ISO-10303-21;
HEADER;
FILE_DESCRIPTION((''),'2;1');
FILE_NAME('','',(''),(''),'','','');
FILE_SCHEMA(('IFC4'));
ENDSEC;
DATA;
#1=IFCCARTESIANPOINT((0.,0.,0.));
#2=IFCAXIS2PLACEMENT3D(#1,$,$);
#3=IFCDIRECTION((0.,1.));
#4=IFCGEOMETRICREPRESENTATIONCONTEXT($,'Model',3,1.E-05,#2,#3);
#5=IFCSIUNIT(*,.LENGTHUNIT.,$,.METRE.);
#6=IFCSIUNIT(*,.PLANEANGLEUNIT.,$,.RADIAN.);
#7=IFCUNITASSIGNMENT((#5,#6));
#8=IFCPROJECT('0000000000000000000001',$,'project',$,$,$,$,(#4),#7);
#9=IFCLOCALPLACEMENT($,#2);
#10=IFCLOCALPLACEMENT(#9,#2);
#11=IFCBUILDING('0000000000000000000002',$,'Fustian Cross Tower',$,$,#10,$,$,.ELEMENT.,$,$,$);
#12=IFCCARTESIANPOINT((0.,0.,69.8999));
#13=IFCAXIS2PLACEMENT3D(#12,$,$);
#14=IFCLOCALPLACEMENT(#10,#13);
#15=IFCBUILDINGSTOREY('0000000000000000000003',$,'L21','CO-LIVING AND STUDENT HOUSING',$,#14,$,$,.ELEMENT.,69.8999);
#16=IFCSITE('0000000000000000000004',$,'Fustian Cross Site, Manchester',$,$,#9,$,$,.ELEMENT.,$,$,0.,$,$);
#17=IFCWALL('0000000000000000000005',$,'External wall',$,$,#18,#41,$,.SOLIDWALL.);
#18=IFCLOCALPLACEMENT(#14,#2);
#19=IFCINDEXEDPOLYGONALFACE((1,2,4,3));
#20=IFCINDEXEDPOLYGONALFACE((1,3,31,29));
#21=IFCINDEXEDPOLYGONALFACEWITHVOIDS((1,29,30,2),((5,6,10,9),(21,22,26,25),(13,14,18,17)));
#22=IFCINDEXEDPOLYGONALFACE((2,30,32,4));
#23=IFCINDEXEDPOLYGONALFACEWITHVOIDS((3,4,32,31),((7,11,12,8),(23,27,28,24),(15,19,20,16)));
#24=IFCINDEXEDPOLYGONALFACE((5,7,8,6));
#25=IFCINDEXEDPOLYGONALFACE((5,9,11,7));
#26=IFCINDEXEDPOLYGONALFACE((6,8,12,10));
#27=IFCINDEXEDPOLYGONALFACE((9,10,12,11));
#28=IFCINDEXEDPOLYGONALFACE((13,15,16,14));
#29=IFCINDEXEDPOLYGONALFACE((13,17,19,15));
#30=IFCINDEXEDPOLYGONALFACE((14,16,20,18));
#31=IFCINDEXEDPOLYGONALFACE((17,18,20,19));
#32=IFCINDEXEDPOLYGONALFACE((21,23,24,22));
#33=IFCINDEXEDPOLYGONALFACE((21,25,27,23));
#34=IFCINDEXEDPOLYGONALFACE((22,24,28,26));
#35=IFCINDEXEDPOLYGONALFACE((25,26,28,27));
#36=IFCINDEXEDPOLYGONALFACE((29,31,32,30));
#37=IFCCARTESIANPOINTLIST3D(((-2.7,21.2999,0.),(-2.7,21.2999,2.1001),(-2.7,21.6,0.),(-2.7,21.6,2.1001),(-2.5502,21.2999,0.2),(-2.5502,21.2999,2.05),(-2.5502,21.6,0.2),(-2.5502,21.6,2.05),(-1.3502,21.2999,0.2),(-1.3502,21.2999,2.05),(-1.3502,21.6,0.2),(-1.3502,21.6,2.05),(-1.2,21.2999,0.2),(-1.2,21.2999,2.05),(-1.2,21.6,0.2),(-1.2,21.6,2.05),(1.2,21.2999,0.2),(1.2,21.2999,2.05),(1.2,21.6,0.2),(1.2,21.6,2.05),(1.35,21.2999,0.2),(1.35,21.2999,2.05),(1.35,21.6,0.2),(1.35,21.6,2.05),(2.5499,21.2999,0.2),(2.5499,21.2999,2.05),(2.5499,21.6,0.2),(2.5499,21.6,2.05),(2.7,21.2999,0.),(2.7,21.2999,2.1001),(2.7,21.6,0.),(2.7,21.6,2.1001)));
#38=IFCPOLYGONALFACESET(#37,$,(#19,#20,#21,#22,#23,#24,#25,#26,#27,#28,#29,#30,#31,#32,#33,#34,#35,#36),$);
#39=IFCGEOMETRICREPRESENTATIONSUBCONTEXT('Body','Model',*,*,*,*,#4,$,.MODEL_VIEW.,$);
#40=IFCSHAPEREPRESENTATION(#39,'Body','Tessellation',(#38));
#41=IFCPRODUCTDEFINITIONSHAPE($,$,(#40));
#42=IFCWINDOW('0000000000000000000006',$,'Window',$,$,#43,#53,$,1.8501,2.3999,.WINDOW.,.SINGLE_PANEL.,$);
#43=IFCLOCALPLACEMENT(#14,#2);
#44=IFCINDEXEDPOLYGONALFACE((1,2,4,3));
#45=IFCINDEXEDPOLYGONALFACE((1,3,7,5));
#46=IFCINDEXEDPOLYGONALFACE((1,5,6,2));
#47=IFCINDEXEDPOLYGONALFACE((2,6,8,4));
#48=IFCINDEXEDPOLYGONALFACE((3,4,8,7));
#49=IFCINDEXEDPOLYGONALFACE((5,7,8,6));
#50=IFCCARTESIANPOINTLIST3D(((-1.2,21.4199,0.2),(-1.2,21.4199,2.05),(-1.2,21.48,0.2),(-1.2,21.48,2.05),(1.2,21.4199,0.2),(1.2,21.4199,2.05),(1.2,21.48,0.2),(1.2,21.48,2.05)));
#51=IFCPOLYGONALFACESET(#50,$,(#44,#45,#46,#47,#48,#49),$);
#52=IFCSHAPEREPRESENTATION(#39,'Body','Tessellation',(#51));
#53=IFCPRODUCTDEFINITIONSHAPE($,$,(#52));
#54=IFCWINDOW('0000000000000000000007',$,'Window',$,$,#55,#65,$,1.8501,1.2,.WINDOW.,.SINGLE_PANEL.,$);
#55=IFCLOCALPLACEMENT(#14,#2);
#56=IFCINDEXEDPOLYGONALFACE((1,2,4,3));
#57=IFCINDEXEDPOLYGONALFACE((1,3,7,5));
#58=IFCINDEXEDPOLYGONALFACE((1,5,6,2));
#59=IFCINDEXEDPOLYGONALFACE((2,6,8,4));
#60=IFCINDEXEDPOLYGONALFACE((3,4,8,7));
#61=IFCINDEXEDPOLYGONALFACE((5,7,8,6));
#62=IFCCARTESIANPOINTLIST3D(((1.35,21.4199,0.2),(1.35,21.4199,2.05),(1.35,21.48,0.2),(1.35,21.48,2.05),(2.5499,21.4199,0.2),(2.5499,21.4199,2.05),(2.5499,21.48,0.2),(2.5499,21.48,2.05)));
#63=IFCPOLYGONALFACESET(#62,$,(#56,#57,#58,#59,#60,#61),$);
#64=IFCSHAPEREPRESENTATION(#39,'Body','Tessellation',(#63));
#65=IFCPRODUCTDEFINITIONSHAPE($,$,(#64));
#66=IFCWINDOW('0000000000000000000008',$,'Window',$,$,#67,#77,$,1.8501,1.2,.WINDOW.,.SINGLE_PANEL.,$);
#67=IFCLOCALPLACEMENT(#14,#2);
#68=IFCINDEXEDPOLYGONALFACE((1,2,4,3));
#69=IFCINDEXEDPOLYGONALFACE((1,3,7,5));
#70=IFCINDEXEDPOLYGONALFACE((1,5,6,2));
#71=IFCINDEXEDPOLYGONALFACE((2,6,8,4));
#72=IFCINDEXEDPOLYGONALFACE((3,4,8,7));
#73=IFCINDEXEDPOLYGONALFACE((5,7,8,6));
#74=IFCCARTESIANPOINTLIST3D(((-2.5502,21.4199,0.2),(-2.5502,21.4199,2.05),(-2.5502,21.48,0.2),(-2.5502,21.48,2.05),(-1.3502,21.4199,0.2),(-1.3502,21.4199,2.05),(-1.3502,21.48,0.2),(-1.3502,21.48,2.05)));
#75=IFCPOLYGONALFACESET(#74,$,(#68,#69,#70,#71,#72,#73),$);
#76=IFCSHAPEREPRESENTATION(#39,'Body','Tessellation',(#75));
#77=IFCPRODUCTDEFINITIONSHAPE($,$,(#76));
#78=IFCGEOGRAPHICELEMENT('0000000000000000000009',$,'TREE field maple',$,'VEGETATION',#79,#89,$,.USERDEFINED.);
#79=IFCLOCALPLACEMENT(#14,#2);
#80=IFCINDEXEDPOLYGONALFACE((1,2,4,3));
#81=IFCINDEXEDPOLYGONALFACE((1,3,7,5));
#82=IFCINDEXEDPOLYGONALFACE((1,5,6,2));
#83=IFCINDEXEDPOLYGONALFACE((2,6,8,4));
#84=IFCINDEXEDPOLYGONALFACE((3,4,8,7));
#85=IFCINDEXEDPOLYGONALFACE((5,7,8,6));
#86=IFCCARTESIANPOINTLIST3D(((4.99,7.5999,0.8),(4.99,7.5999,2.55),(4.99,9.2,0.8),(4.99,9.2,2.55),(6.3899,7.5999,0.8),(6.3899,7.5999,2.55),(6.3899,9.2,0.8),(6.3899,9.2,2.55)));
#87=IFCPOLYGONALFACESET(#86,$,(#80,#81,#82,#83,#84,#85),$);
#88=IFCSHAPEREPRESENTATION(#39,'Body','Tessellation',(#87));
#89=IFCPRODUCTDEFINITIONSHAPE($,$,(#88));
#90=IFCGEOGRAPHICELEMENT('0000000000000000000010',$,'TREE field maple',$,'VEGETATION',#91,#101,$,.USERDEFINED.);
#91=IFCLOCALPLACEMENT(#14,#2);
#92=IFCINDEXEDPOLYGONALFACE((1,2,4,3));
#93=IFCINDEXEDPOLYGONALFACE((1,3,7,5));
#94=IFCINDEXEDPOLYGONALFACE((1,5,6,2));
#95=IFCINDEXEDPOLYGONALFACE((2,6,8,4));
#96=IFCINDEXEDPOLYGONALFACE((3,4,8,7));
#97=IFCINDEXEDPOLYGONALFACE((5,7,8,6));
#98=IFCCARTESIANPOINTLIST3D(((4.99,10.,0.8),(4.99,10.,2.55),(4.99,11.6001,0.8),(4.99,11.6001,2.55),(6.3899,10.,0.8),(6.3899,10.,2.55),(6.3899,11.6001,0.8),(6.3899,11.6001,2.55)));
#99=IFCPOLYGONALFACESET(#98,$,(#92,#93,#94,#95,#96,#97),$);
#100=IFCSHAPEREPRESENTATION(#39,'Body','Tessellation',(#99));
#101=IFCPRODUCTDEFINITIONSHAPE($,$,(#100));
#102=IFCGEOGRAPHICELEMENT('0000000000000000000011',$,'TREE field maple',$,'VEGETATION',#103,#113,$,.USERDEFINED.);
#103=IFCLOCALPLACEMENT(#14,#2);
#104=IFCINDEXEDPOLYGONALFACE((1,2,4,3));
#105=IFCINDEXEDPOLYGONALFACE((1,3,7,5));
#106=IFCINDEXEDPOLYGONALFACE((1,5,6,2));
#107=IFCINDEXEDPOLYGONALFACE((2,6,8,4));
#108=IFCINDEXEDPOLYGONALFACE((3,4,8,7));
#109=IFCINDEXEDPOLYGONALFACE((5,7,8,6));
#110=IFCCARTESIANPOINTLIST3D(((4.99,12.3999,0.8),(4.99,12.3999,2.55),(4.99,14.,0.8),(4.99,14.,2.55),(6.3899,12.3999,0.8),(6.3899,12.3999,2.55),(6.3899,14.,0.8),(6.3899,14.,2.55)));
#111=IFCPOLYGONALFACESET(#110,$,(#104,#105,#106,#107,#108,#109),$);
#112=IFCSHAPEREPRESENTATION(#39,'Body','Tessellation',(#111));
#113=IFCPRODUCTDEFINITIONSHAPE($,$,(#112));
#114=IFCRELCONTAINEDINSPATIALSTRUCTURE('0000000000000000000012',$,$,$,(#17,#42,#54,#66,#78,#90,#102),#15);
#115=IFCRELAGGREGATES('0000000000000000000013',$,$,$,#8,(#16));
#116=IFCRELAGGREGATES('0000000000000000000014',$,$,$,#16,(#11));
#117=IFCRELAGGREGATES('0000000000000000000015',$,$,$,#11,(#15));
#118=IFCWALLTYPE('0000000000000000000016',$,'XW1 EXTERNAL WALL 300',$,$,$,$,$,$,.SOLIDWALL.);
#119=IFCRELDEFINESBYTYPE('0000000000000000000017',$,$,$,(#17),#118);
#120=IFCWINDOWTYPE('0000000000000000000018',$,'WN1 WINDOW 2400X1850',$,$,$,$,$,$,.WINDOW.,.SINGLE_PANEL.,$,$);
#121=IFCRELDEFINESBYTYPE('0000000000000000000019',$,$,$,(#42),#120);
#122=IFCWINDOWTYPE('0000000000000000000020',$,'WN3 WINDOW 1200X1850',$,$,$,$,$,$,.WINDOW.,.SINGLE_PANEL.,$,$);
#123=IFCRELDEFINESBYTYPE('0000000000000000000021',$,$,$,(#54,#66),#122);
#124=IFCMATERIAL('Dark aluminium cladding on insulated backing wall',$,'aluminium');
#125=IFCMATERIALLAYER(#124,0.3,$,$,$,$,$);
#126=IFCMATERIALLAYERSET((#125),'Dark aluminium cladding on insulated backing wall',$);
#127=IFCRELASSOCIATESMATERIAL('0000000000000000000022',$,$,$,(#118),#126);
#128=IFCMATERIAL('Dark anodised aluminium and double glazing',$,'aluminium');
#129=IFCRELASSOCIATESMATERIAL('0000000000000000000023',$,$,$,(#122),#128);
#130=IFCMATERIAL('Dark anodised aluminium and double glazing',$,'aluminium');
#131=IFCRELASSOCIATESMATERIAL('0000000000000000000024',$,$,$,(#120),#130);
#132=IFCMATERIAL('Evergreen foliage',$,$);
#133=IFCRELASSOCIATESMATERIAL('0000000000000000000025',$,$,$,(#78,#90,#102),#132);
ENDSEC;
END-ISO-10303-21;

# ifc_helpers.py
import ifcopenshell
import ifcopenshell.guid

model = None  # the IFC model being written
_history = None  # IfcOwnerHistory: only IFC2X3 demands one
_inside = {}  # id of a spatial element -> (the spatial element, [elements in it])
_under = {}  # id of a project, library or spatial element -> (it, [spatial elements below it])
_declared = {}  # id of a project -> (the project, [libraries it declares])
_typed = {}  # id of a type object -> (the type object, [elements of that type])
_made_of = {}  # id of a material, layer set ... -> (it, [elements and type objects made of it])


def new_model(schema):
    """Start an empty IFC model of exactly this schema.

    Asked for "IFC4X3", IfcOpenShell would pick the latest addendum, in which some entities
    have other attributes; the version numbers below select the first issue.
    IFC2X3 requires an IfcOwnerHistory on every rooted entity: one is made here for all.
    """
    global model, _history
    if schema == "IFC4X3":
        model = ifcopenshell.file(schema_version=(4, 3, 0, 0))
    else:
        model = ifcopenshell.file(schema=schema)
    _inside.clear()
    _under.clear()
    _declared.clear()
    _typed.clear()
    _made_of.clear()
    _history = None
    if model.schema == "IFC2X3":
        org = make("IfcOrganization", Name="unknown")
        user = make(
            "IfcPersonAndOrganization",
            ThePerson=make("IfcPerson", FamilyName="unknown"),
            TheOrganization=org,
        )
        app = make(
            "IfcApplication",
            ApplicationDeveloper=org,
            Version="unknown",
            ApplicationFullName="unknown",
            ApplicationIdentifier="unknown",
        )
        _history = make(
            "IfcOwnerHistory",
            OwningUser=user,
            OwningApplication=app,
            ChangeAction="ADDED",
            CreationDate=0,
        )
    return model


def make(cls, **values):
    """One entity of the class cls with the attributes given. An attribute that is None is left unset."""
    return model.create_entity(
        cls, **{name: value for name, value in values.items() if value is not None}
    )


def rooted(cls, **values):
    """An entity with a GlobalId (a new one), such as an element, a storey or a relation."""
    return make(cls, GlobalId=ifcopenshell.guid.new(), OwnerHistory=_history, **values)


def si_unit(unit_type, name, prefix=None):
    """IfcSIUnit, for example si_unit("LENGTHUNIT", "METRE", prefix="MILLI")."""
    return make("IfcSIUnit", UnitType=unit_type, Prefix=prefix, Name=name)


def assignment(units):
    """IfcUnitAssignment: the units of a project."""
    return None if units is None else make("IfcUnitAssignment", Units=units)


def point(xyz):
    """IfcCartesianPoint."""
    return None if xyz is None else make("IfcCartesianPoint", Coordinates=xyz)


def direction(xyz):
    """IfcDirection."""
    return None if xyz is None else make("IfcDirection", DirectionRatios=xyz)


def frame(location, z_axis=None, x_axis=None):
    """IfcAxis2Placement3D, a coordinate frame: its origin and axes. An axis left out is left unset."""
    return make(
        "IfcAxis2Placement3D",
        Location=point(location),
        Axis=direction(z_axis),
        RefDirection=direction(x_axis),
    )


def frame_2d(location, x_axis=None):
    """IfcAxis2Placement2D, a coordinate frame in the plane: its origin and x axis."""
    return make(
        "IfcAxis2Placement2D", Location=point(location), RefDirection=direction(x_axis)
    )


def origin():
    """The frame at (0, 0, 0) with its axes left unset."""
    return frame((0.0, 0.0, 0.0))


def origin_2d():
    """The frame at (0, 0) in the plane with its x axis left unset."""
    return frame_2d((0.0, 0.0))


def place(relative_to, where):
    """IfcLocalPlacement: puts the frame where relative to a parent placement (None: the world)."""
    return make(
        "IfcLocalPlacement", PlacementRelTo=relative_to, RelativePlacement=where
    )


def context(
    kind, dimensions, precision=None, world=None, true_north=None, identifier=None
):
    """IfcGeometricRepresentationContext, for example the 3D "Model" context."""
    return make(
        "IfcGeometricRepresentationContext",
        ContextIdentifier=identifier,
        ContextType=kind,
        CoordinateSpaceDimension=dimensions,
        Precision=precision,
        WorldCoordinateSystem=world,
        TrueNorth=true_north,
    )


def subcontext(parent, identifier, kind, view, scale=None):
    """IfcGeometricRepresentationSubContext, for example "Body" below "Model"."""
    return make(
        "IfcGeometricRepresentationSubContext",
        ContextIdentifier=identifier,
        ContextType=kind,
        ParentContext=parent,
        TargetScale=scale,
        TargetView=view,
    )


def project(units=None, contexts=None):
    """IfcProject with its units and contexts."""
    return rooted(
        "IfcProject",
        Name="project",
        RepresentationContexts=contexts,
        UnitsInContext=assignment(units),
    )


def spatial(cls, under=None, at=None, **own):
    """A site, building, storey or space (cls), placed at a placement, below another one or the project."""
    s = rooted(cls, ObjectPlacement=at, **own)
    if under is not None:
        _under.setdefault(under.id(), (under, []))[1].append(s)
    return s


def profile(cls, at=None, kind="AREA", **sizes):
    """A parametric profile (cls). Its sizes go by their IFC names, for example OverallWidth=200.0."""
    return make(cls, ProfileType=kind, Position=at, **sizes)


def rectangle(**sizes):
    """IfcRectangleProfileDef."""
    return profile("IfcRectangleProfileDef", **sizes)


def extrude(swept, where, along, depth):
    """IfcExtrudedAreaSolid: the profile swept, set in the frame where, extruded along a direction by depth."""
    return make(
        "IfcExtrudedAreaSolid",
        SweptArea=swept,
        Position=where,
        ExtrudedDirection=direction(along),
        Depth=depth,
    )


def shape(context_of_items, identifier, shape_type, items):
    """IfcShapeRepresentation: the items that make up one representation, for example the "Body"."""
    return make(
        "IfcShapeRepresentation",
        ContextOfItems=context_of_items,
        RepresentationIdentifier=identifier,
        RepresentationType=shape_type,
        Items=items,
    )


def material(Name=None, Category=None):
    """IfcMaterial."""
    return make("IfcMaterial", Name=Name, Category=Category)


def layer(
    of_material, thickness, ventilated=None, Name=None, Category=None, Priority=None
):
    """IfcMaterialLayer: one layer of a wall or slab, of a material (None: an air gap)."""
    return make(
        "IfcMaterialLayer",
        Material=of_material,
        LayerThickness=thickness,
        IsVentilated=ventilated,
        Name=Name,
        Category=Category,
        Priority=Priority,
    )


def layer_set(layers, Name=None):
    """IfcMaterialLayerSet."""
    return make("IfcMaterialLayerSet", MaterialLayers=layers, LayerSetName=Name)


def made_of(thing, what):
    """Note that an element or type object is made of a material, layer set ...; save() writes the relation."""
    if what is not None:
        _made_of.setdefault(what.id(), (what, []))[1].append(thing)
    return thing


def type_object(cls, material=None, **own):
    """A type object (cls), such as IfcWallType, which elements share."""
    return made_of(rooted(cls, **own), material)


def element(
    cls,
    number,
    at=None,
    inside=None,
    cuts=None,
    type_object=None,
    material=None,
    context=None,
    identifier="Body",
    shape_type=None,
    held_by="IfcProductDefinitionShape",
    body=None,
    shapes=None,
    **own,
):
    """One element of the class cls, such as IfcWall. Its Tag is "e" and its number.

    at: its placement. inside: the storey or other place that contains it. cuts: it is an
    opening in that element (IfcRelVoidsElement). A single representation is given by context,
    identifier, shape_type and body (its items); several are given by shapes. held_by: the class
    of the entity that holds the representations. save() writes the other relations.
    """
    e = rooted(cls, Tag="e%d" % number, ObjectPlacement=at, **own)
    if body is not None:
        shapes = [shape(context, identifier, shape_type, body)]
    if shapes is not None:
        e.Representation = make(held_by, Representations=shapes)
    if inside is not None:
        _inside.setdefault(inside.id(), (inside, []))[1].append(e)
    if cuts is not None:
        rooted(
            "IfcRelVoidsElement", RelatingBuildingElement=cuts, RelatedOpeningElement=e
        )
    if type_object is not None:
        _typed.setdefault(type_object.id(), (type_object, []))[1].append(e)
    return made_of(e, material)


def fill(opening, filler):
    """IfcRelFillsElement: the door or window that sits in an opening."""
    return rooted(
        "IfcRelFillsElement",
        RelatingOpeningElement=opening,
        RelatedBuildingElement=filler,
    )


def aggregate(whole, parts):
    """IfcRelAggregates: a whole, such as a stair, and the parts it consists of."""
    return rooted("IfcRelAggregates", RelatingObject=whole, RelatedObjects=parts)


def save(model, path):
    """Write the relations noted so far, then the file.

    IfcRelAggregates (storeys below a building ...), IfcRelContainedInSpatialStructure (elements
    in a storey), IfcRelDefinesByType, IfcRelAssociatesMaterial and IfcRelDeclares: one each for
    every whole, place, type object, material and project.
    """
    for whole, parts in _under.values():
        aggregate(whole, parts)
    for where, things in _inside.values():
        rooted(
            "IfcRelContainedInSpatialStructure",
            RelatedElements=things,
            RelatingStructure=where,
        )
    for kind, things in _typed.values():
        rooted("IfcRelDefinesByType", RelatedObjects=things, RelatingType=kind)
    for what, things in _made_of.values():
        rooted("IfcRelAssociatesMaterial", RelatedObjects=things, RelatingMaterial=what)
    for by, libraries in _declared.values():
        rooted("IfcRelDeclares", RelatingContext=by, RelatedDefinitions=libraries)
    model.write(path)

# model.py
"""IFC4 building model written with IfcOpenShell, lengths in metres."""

from ifc_helpers import new_model, si_unit, direction, frame, frame_2d, origin, origin_2d, place, context, subcontext, project, spatial, rectangle, extrude, material, layer, layer_set, type_object, element, fill, save


model = new_model("IFC4")

# Units and contexts
model_context = context("Model", 3, precision=1e-05, world=origin(), true_north=direction((0.0, 1.0)))
body_context = subcontext(model_context, "Body", "Model", "MODEL_VIEW")
ifc_project = project(units=[si_unit("LENGTHUNIT", "METRE"), si_unit("PLANEANGLEUNIT", "RADIAN")], contexts=[model_context])

# Site, building, storey
site_placement = place(None, origin())
site = spatial("IfcSite", under=ifc_project, at=site_placement, Name="Fustian Cross Site, Manchester", CompositionType="ELEMENT", RefElevation=0.0)
building_placement = place(site_placement, origin())
building = spatial("IfcBuilding", under=site, at=building_placement, Name="Fustian Cross Tower", CompositionType="ELEMENT")
storey_placement = place(building_placement, frame((0.0, 0.0, 69.8999)))
storey = spatial("IfcBuildingStorey", under=building, at=storey_placement, Name="L21", Description="CO-LIVING AND STUDENT HOUSING", CompositionType="ELEMENT", Elevation=69.8999)

# Shared definitions
ifc_material_1 = material(Name="Dark aluminium cladding on insulated backing wall", Category="aluminium")
ifc_layer_1 = layer(ifc_material_1, 0.3)
ifc_layer_set_1 = layer_set([ifc_layer_1], Name="Dark aluminium cladding on insulated backing wall")
wall_type_1 = type_object("IfcWallType", Name="XW1 EXTERNAL WALL 300", PredefinedType="SOLIDWALL", material=ifc_layer_set_1)

# Shared definitions
ifc_material_2 = material(Name="Dark anodised aluminium and double glazing", Category="aluminium")
window_type_1 = type_object("IfcWindowType", Name="WN3 WINDOW 1200X1850", PartitioningType="SINGLE_PANEL", PredefinedType="WINDOW", material=ifc_material_2)

# Wall, openings, windows
wall_1_placement = place(storey_placement, frame((2.7, 21.45, 0.0), z_axis=(0.0, 0.0, 1.0), x_axis=(-1.0, 0.0, 0.0)))
wall_1 = element("IfcWall", 1, at=wall_1_placement, inside=storey, type_object=wall_type_1, Name="External wall", PredefinedType="SOLIDWALL", context=body_context, shape_type="SweptSolid", body=[
    extrude(rectangle(XDim=5.3999, YDim=0.3, at=frame_2d((2.7, 0.0))), origin(), (0.0, 0.0, 1.0), 2.1001),
])
opening_1_placement = place(wall_1_placement, frame((1.5, 0.0, 0.2)))
opening_1 = element("IfcOpeningElement", 2, at=opening_1_placement, cuts=wall_1, PredefinedType="OPENING", context=body_context, shape_type="SweptSolid", body=[
    extrude(rectangle(XDim=2.3999, YDim=1.8501, at=frame_2d((1.2, 0.925))), frame((0.0, 0.1599, 0.0), z_axis=(0.0, -1.0, 0.0), x_axis=(1.0, 0.0, 0.0)), (0.0, 0.0, 1.0), 0.3201),
])
opening_2_placement = place(wall_1_placement, frame((0.1499, 0.0, 0.2)))
opening_2 = element("IfcOpeningElement", 3, at=opening_2_placement, cuts=wall_1, PredefinedType="OPENING", context=body_context, shape_type="SweptSolid", body=[
    extrude(rectangle(XDim=1.2, YDim=1.8501, at=frame_2d((0.6001, 0.925))), frame((0.0, 0.1599, 0.0), z_axis=(0.0, -1.0, 0.0), x_axis=(1.0, 0.0, 0.0)), (0.0, 0.0, 1.0), 0.3201),
])
opening_3_placement = place(wall_1_placement, frame((4.05, 0.0, 0.2)))
opening_3 = element("IfcOpeningElement", 4, at=opening_3_placement, cuts=wall_1, PredefinedType="OPENING", context=body_context, shape_type="SweptSolid", body=[
    extrude(rectangle(XDim=1.2, YDim=1.8501, at=frame_2d((0.6001, 0.925))), frame((0.0, 0.1599, 0.0), z_axis=(0.0, -1.0, 0.0), x_axis=(1.0, 0.0, 0.0)), (0.0, 0.0, 1.0), 0.3201),
])
ifc_material_3 = material(Name="Dark anodised aluminium and double glazing", Category="aluminium")
window_type_2 = type_object("IfcWindowType", Name="WN1 WINDOW 2400X1850", PartitioningType="SINGLE_PANEL", PredefinedType="WINDOW", material=ifc_material_3)
window_1_placement = place(opening_1_placement, origin())
window_1 = element("IfcWindow", 5, at=window_1_placement, inside=storey, type_object=window_type_2, Name="Window", OverallHeight=1.8501, OverallWidth=2.3999, PartitioningType="SINGLE_PANEL", PredefinedType="WINDOW", context=body_context, shape_type="SweptSolid", body=[
    extrude(rectangle(XDim=2.3999, YDim=1.8501, at=frame_2d((1.2, 0.925))), frame((0.0, 0.03, 0.0), z_axis=(0.0, -1.0, 0.0), x_axis=(1.0, 0.0, 0.0)), (0.0, 0.0, 1.0), 0.0601),
])
fill(opening_1, window_1)
window_2_placement = place(opening_2_placement, origin())
window_2 = element("IfcWindow", 6, at=window_2_placement, inside=storey, type_object=window_type_1, Name="Window", OverallHeight=1.8501, OverallWidth=1.2, PartitioningType="SINGLE_PANEL", PredefinedType="WINDOW", context=body_context, shape_type="SweptSolid", body=[
    extrude(rectangle(XDim=1.2, YDim=1.8501, at=frame_2d((0.6001, 0.925))), frame((0.0, 0.03, 0.0), z_axis=(0.0, -1.0, 0.0), x_axis=(1.0, 0.0, 0.0)), (0.0, 0.0, 1.0), 0.0601),
])
fill(opening_2, window_2)
window_3_placement = place(opening_3_placement, origin())
window_3 = element("IfcWindow", 7, at=window_3_placement, inside=storey, type_object=window_type_1, Name="Window", OverallHeight=1.8501, OverallWidth=1.2, PartitioningType="SINGLE_PANEL", PredefinedType="WINDOW", context=body_context, shape_type="SweptSolid", body=[
    extrude(rectangle(XDim=1.2, YDim=1.8501, at=frame_2d((0.6001, 0.925))), frame((0.0, 0.03, 0.0), z_axis=(0.0, -1.0, 0.0), x_axis=(1.0, 0.0, 0.0)), (0.0, 0.0, 1.0), 0.0601),
])
fill(opening_3, window_3)

# Geographic elements
ifc_material_4 = material(Name="Evergreen foliage")
for number, where, z_axis, x_axis, name in (
    (8, (5.6899, 8.3999, 0.8), (0.0, 0.0, 1.0), (1.0, 0.0, 0.0), "TREE field maple"),
    (9, (5.6899, 10.8, 0.8), (0.0, 0.0, 1.0), (1.0, 0.0, 0.0), "TREE field maple"),
    (10, (5.6899, 13.2, 0.8), (0.0, 0.0, 1.0), (1.0, 0.0, 0.0), "TREE field maple"),
):
    element("IfcGeographicElement", number, at=place(storey_placement, frame(where, z_axis=z_axis, x_axis=x_axis)), inside=storey, material=ifc_material_4, Name=name, ObjectType="VEGETATION", PredefinedType="USERDEFINED", context=body_context, shape_type="SweptSolid", body=[
        extrude(rectangle(XDim=1.3999, YDim=1.6001, at=origin_2d()), origin(), (0.0, 0.0, 1.0), 1.75),
    ])

save(model, "model.ifc")
